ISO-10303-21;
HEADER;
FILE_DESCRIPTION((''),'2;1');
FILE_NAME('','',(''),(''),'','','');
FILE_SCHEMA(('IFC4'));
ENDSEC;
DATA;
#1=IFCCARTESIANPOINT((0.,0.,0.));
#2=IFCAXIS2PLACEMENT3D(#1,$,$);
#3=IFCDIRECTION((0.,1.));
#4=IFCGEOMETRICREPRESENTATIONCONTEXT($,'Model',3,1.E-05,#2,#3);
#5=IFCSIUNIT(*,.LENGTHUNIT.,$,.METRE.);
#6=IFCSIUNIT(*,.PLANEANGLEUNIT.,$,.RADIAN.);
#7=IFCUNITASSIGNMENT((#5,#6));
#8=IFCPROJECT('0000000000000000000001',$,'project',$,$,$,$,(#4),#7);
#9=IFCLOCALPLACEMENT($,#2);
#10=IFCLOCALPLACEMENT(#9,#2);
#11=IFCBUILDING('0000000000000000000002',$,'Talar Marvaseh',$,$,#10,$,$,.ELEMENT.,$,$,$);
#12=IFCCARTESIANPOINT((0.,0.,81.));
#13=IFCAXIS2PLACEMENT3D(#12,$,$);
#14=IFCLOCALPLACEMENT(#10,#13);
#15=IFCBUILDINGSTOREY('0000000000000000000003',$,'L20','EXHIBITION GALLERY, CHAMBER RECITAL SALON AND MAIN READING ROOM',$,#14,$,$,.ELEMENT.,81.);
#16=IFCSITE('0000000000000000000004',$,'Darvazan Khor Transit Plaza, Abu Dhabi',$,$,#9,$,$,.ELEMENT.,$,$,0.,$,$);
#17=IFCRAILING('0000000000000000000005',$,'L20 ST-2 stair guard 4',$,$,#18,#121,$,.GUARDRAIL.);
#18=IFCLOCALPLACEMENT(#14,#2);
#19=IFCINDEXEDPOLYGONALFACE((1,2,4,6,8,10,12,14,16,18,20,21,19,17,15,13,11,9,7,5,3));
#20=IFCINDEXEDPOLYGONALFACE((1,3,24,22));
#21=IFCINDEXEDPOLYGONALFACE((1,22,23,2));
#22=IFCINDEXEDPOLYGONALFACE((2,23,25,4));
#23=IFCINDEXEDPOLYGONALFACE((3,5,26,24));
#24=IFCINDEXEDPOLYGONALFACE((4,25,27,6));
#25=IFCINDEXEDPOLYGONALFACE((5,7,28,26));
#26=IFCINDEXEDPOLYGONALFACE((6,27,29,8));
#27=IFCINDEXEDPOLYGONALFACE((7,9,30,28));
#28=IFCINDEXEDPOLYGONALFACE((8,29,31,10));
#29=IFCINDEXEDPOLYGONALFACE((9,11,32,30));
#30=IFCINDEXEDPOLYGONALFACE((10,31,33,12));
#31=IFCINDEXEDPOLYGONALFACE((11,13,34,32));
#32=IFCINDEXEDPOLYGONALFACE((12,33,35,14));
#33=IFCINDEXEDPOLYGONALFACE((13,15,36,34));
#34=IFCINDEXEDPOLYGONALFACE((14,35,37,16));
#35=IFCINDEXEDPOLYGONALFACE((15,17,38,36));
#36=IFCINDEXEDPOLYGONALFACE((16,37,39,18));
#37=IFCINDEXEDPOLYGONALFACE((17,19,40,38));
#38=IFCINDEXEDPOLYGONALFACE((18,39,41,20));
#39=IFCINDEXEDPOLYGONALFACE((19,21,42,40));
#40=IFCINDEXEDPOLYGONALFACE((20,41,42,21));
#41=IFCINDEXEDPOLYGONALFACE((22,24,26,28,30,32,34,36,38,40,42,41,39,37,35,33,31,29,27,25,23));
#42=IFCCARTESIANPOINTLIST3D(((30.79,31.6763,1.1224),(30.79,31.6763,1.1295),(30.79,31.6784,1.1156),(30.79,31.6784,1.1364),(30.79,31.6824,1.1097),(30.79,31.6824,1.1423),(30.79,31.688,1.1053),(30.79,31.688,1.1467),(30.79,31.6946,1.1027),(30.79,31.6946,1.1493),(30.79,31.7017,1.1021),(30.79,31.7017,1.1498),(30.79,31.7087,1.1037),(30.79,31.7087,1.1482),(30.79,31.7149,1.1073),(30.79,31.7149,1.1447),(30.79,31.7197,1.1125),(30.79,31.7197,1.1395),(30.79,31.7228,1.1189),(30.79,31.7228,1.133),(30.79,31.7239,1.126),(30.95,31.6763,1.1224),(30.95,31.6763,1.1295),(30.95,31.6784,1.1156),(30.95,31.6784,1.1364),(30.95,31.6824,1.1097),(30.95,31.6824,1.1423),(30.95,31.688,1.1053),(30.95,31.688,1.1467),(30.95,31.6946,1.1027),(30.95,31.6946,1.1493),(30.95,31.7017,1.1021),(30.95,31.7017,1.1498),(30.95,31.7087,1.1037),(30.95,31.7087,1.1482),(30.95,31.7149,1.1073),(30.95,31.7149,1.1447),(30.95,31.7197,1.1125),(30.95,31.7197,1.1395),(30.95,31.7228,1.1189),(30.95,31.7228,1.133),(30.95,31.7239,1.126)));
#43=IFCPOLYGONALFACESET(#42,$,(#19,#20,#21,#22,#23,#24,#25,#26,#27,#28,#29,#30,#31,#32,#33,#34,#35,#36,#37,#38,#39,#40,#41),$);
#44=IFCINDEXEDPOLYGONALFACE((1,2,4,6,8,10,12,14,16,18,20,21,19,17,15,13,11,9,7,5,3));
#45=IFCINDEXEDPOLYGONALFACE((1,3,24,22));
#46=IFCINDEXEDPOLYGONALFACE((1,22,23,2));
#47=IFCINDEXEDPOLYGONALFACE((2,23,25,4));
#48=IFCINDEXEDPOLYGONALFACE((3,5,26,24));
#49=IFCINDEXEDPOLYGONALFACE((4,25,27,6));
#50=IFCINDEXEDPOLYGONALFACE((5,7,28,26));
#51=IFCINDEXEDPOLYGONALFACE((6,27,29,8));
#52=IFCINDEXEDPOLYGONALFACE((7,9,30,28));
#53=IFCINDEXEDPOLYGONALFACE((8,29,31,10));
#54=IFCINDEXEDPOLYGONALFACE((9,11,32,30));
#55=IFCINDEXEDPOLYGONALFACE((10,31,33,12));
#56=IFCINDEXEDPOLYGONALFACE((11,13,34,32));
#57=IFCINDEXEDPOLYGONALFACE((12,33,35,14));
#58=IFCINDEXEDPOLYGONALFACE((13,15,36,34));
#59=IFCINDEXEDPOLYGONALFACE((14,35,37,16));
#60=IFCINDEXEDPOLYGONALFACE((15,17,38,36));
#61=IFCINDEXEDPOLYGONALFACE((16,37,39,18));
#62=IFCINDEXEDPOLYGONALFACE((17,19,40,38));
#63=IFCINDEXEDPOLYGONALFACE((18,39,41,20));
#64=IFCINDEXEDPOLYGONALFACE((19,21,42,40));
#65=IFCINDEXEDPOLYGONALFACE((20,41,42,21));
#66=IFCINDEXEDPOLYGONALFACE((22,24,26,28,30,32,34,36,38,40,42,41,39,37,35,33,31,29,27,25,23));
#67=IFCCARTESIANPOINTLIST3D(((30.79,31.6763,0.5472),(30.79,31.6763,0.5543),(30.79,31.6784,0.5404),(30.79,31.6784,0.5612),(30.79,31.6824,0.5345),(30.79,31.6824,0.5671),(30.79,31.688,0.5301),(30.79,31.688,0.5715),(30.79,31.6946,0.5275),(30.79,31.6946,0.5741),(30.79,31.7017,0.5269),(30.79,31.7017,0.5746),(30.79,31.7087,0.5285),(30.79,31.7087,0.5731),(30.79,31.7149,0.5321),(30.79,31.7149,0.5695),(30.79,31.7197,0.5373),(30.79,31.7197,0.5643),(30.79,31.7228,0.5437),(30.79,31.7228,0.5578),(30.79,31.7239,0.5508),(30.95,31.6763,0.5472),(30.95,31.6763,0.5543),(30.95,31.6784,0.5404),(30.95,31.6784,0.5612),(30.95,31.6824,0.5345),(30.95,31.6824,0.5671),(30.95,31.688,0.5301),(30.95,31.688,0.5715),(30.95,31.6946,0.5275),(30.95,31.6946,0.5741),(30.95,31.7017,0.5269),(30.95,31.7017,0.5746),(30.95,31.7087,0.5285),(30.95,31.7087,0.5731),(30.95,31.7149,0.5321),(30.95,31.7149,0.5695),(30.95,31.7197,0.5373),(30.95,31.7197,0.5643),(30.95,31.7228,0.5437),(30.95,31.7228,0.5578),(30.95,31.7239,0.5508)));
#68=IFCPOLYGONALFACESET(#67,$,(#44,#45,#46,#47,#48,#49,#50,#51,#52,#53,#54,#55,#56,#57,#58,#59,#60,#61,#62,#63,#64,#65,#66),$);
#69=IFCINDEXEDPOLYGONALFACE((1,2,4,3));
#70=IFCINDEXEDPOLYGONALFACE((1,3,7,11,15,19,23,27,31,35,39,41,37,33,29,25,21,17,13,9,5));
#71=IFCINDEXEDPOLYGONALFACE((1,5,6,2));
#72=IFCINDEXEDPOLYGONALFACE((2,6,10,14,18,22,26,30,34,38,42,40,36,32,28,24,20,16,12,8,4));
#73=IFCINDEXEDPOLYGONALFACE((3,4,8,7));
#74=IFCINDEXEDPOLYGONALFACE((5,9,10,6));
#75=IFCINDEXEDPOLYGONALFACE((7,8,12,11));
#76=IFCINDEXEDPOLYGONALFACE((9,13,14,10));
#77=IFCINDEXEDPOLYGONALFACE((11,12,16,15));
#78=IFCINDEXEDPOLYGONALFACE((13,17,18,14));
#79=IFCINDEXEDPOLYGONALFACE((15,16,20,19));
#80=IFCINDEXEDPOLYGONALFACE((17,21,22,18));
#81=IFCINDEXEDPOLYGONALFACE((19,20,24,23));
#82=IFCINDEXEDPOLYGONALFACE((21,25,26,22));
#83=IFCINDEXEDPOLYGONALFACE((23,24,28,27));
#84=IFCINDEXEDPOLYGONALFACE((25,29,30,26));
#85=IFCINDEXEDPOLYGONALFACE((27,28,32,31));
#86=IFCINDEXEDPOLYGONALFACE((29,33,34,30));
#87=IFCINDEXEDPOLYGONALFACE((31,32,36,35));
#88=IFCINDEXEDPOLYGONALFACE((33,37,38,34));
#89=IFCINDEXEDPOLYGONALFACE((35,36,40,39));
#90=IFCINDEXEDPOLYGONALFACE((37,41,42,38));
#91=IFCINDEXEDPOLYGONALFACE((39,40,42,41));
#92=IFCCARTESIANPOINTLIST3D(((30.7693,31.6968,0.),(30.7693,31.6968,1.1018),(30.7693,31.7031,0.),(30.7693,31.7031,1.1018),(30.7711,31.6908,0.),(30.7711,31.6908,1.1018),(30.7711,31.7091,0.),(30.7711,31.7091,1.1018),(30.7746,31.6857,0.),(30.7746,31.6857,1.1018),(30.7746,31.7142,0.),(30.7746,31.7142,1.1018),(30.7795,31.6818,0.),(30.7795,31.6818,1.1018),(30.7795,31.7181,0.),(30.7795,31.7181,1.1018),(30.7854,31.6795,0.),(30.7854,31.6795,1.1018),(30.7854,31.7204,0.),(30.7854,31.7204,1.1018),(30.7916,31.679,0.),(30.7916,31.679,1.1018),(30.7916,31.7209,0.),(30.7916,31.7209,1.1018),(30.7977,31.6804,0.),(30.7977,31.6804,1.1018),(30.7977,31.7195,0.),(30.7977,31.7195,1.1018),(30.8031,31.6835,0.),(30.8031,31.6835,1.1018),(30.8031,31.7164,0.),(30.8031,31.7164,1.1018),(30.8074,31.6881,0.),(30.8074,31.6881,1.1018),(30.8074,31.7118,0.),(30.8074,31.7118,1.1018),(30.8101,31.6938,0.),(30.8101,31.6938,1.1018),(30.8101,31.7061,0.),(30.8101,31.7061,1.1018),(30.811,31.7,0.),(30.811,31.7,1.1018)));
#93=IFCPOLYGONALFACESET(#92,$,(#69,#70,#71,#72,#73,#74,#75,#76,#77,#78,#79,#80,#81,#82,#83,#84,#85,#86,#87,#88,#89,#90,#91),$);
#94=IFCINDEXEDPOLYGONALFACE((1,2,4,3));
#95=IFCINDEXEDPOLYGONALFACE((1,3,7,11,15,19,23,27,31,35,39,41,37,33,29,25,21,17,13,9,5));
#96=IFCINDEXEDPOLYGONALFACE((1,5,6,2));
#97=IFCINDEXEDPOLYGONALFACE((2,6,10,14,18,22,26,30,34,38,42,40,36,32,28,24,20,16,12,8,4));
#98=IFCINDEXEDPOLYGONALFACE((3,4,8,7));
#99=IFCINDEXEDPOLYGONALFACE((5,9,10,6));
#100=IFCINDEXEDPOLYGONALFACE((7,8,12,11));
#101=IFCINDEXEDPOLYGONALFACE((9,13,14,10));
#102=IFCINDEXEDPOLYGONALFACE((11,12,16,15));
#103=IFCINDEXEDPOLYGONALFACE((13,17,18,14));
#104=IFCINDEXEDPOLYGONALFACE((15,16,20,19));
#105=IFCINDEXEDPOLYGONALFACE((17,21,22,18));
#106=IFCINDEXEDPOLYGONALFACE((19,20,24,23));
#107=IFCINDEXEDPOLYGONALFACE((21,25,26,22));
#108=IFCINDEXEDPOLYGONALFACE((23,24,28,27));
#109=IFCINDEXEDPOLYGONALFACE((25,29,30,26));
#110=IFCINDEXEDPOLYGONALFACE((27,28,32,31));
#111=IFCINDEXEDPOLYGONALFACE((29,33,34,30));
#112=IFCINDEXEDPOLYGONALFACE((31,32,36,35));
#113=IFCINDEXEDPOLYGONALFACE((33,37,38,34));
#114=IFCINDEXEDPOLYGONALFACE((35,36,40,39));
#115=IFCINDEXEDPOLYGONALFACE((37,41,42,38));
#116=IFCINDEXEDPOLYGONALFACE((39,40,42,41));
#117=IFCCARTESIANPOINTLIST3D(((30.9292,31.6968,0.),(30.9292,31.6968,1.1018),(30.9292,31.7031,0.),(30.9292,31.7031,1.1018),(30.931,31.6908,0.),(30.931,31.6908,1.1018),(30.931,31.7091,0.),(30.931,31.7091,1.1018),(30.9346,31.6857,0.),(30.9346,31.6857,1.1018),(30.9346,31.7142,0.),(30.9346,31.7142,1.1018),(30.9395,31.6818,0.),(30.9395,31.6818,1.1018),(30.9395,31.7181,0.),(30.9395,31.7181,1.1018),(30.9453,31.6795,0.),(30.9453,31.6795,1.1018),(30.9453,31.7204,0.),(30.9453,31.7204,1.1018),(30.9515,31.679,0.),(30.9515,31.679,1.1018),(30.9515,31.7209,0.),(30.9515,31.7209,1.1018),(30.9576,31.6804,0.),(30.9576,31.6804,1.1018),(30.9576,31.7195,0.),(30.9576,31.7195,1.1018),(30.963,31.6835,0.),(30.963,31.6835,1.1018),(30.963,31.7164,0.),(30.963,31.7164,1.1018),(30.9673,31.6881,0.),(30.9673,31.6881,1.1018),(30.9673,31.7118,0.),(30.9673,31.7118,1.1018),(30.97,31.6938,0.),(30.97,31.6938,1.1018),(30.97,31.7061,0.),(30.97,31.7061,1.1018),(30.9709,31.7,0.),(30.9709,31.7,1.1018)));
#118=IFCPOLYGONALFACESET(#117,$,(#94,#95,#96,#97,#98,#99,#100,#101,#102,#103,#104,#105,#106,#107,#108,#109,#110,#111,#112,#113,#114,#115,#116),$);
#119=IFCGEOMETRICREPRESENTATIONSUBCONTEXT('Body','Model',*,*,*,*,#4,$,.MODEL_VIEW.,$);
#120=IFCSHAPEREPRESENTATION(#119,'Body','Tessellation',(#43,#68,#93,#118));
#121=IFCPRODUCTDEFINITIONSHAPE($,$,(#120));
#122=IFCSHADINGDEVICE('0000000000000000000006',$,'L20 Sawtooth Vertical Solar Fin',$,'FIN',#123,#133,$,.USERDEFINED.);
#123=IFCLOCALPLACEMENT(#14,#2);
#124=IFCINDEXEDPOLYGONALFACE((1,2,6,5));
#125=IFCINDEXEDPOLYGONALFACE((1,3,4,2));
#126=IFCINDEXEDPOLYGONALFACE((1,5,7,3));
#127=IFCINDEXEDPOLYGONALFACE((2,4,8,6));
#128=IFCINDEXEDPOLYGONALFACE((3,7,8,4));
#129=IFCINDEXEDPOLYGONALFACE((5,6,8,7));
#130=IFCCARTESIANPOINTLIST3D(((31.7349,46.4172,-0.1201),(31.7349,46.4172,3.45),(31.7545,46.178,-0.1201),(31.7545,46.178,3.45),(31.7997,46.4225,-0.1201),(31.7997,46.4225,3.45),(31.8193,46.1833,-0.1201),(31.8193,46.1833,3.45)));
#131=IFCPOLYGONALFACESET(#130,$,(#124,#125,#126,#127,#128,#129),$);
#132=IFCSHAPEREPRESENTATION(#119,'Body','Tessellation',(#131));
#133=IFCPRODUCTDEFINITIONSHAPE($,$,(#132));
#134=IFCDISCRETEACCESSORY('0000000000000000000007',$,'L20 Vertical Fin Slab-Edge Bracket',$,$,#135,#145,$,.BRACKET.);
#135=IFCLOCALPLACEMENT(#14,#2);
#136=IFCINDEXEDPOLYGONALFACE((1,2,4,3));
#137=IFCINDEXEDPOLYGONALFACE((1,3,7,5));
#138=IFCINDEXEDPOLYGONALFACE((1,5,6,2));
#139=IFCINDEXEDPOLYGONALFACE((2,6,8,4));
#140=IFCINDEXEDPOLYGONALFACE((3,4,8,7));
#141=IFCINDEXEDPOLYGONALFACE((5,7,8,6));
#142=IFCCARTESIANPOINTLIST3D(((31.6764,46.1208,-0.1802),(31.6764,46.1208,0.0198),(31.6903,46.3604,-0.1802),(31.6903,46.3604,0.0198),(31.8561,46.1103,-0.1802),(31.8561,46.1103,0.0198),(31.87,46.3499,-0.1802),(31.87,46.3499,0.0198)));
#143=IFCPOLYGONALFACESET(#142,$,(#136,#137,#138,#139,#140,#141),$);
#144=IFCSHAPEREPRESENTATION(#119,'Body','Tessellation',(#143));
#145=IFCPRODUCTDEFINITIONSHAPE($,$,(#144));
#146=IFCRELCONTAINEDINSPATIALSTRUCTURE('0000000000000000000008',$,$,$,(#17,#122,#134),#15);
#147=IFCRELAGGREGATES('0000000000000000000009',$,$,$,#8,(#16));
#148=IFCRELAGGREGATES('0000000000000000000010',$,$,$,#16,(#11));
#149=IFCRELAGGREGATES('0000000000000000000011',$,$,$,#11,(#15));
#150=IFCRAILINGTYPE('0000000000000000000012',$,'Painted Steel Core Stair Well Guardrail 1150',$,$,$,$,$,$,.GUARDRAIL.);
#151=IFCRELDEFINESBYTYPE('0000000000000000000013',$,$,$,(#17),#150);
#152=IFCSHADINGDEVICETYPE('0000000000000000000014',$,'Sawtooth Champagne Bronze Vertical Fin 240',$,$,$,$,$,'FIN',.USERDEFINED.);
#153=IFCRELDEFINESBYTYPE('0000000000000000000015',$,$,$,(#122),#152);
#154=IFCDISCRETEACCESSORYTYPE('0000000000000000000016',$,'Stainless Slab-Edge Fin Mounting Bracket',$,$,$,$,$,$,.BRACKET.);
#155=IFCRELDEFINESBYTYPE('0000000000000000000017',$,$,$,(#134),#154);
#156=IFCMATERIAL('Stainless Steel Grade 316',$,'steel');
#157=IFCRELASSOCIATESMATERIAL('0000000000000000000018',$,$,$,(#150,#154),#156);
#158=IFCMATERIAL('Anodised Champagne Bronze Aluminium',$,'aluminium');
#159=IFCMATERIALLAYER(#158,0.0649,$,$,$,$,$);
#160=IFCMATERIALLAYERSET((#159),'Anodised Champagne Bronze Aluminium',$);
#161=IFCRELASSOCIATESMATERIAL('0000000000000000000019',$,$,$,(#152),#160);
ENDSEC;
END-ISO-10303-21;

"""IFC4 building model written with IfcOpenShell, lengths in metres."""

from ifc_helpers import new_model, si_unit, direction, frame, origin, origin_2d, place, context, subcontext, project, spatial, rectangle, circle, extrude, source, transform, mapped, material, layer, layer_set, type_object, type_shapes, element, save


model = new_model("IFC4")

# Units and contexts
model_context = context("Model", 3, precision=1e-05, world=origin(), true_north=direction((0.0, 1.0)))
body_context = subcontext(model_context, "Body", "Model", "MODEL_VIEW")
ifc_project = project(units=[si_unit("LENGTHUNIT", "METRE"), si_unit("PLANEANGLEUNIT", "RADIAN")], contexts=[model_context])

# Site, building, storey
site_placement = place(None, origin())
site = spatial("IfcSite", under=ifc_project, at=site_placement, Name="Darvazan Khor Transit Plaza, Abu Dhabi", CompositionType="ELEMENT", RefElevation=0.0)
building_placement = place(site_placement, origin())
building = spatial("IfcBuilding", under=site, at=building_placement, Name="Talar Marvaseh", CompositionType="ELEMENT")
storey_placement = place(building_placement, frame((0.0, 0.0, 81.0)))
storey = spatial("IfcBuildingStorey", under=building, at=storey_placement, Name="L20", Description="EXHIBITION GALLERY, CHAMBER RECITAL SALON AND MAIN READING ROOM", CompositionType="ELEMENT", Elevation=81.0)

# Shared definitions
ifc_material_1 = material(Name="Stainless Steel Grade 316", Category="steel")

# Railing
railing_type = type_object("IfcRailingType", Name="Painted Steel Core Stair Well Guardrail 1150", PredefinedType="GUARDRAIL", material=ifc_material_1)
railing_1_placement = place(storey_placement, frame((30.79, 31.7, 0.0)))
element("IfcRailing", 1, at=railing_1_placement, inside=storey, type_object=railing_type, Name="L20 ST-2 stair guard 4", PredefinedType="GUARDRAIL", context=body_context, shape_type="SweptSolid", body=[
    extrude(circle(Radius=0.0239, at=origin_2d()), frame((0.0, 0.0, 1.126), z_axis=(1.0, 0.0, 0.0), x_axis=(0.0, 1.0, 0.0)), (0.0, 0.0, 1.0), 0.1599),
    extrude(circle(Radius=0.0239, at=origin_2d()), frame((0.0, 0.0, 0.5508), z_axis=(1.0, 0.0, 0.0), x_axis=(0.0, 1.0, 0.0)), (0.0, 0.0, 1.0), 0.1599),
    extrude(circle(Radius=0.021, at=origin_2d()), origin(), (0.0, 0.0, 1.0), 1.1018),
    extrude(circle(Radius=0.021, at=origin_2d()), frame((0.1599, 0.0, 0.0)), (0.0, 0.0, 1.0), 1.1018),
])

# Shading device
ifc_material_2 = material(Name="Anodised Champagne Bronze Aluminium", Category="aluminium")
ifc_layer_1 = layer(ifc_material_2, 0.0649)
ifc_layer_set_1 = layer_set([ifc_layer_1], Name="Anodised Champagne Bronze Aluminium")
shading_device_type = type_object("IfcShadingDeviceType", Name="Sawtooth Champagne Bronze Vertical Fin 240", ElementType="FIN", PredefinedType="USERDEFINED", material=ifc_layer_set_1)
shared_shape_1 = source(origin(), body_context, "Body", "SweptSolid", [
    extrude(rectangle(XDim=0.24, YDim=0.0649, at=origin_2d()), origin(), (0.0, 0.0, 1.0), 3.5701),
])
type_shapes(shading_device_type, [shared_shape_1])
shading_device_placement = place(storey_placement, frame((31.7771, 46.3003, -0.1201), z_axis=(0.0, 0.0, 1.0), x_axis=(-0.081591, 0.996666, 0.0)))
element("IfcShadingDevice", 2, at=shading_device_placement, inside=storey, type_object=shading_device_type, Name="L20 Sawtooth Vertical Solar Fin", ObjectType="FIN", PredefinedType="USERDEFINED", context=body_context, shape_type="MappedRepresentation", body=[
    mapped(shared_shape_1, transform((0.0, 0.0, 0.0), x_axis=(1.0, 0.0, 0.0), y_axis=(0.0, 1.0, 0.0), z_axis=(0.0, 0.0, 1.0), scale=1.0)),
])

# Discrete accessory
discrete_accessory_type = type_object("IfcDiscreteAccessoryType", Name="Stainless Slab-Edge Fin Mounting Bracket", PredefinedType="BRACKET", material=ifc_material_1)
shared_shape_2 = source(origin(), body_context, "Body", "SweptSolid", [
    extrude(rectangle(XDim=0.24, YDim=0.1799, at=origin_2d()), origin(), (0.0, 0.0, 1.0), 0.2),
])
type_shapes(discrete_accessory_type, [shared_shape_2])
discrete_accessory_placement = place(storey_placement, frame((31.7732, 46.2354, -0.1802), z_axis=(0.0, 0.0, 1.0), x_axis=(0.057913, 0.998322, 0.0)))
element("IfcDiscreteAccessory", 3, at=discrete_accessory_placement, inside=storey, type_object=discrete_accessory_type, Name="L20 Vertical Fin Slab-Edge Bracket", PredefinedType="BRACKET", context=body_context, shape_type="MappedRepresentation", body=[
    mapped(shared_shape_2, transform((0.0, 0.0, 0.0), x_axis=(1.0, 0.0, 0.0), y_axis=(0.0, 1.0, 0.0), z_axis=(0.0, 0.0, 1.0), scale=1.0)),
])

save(model, "model.ifc")
